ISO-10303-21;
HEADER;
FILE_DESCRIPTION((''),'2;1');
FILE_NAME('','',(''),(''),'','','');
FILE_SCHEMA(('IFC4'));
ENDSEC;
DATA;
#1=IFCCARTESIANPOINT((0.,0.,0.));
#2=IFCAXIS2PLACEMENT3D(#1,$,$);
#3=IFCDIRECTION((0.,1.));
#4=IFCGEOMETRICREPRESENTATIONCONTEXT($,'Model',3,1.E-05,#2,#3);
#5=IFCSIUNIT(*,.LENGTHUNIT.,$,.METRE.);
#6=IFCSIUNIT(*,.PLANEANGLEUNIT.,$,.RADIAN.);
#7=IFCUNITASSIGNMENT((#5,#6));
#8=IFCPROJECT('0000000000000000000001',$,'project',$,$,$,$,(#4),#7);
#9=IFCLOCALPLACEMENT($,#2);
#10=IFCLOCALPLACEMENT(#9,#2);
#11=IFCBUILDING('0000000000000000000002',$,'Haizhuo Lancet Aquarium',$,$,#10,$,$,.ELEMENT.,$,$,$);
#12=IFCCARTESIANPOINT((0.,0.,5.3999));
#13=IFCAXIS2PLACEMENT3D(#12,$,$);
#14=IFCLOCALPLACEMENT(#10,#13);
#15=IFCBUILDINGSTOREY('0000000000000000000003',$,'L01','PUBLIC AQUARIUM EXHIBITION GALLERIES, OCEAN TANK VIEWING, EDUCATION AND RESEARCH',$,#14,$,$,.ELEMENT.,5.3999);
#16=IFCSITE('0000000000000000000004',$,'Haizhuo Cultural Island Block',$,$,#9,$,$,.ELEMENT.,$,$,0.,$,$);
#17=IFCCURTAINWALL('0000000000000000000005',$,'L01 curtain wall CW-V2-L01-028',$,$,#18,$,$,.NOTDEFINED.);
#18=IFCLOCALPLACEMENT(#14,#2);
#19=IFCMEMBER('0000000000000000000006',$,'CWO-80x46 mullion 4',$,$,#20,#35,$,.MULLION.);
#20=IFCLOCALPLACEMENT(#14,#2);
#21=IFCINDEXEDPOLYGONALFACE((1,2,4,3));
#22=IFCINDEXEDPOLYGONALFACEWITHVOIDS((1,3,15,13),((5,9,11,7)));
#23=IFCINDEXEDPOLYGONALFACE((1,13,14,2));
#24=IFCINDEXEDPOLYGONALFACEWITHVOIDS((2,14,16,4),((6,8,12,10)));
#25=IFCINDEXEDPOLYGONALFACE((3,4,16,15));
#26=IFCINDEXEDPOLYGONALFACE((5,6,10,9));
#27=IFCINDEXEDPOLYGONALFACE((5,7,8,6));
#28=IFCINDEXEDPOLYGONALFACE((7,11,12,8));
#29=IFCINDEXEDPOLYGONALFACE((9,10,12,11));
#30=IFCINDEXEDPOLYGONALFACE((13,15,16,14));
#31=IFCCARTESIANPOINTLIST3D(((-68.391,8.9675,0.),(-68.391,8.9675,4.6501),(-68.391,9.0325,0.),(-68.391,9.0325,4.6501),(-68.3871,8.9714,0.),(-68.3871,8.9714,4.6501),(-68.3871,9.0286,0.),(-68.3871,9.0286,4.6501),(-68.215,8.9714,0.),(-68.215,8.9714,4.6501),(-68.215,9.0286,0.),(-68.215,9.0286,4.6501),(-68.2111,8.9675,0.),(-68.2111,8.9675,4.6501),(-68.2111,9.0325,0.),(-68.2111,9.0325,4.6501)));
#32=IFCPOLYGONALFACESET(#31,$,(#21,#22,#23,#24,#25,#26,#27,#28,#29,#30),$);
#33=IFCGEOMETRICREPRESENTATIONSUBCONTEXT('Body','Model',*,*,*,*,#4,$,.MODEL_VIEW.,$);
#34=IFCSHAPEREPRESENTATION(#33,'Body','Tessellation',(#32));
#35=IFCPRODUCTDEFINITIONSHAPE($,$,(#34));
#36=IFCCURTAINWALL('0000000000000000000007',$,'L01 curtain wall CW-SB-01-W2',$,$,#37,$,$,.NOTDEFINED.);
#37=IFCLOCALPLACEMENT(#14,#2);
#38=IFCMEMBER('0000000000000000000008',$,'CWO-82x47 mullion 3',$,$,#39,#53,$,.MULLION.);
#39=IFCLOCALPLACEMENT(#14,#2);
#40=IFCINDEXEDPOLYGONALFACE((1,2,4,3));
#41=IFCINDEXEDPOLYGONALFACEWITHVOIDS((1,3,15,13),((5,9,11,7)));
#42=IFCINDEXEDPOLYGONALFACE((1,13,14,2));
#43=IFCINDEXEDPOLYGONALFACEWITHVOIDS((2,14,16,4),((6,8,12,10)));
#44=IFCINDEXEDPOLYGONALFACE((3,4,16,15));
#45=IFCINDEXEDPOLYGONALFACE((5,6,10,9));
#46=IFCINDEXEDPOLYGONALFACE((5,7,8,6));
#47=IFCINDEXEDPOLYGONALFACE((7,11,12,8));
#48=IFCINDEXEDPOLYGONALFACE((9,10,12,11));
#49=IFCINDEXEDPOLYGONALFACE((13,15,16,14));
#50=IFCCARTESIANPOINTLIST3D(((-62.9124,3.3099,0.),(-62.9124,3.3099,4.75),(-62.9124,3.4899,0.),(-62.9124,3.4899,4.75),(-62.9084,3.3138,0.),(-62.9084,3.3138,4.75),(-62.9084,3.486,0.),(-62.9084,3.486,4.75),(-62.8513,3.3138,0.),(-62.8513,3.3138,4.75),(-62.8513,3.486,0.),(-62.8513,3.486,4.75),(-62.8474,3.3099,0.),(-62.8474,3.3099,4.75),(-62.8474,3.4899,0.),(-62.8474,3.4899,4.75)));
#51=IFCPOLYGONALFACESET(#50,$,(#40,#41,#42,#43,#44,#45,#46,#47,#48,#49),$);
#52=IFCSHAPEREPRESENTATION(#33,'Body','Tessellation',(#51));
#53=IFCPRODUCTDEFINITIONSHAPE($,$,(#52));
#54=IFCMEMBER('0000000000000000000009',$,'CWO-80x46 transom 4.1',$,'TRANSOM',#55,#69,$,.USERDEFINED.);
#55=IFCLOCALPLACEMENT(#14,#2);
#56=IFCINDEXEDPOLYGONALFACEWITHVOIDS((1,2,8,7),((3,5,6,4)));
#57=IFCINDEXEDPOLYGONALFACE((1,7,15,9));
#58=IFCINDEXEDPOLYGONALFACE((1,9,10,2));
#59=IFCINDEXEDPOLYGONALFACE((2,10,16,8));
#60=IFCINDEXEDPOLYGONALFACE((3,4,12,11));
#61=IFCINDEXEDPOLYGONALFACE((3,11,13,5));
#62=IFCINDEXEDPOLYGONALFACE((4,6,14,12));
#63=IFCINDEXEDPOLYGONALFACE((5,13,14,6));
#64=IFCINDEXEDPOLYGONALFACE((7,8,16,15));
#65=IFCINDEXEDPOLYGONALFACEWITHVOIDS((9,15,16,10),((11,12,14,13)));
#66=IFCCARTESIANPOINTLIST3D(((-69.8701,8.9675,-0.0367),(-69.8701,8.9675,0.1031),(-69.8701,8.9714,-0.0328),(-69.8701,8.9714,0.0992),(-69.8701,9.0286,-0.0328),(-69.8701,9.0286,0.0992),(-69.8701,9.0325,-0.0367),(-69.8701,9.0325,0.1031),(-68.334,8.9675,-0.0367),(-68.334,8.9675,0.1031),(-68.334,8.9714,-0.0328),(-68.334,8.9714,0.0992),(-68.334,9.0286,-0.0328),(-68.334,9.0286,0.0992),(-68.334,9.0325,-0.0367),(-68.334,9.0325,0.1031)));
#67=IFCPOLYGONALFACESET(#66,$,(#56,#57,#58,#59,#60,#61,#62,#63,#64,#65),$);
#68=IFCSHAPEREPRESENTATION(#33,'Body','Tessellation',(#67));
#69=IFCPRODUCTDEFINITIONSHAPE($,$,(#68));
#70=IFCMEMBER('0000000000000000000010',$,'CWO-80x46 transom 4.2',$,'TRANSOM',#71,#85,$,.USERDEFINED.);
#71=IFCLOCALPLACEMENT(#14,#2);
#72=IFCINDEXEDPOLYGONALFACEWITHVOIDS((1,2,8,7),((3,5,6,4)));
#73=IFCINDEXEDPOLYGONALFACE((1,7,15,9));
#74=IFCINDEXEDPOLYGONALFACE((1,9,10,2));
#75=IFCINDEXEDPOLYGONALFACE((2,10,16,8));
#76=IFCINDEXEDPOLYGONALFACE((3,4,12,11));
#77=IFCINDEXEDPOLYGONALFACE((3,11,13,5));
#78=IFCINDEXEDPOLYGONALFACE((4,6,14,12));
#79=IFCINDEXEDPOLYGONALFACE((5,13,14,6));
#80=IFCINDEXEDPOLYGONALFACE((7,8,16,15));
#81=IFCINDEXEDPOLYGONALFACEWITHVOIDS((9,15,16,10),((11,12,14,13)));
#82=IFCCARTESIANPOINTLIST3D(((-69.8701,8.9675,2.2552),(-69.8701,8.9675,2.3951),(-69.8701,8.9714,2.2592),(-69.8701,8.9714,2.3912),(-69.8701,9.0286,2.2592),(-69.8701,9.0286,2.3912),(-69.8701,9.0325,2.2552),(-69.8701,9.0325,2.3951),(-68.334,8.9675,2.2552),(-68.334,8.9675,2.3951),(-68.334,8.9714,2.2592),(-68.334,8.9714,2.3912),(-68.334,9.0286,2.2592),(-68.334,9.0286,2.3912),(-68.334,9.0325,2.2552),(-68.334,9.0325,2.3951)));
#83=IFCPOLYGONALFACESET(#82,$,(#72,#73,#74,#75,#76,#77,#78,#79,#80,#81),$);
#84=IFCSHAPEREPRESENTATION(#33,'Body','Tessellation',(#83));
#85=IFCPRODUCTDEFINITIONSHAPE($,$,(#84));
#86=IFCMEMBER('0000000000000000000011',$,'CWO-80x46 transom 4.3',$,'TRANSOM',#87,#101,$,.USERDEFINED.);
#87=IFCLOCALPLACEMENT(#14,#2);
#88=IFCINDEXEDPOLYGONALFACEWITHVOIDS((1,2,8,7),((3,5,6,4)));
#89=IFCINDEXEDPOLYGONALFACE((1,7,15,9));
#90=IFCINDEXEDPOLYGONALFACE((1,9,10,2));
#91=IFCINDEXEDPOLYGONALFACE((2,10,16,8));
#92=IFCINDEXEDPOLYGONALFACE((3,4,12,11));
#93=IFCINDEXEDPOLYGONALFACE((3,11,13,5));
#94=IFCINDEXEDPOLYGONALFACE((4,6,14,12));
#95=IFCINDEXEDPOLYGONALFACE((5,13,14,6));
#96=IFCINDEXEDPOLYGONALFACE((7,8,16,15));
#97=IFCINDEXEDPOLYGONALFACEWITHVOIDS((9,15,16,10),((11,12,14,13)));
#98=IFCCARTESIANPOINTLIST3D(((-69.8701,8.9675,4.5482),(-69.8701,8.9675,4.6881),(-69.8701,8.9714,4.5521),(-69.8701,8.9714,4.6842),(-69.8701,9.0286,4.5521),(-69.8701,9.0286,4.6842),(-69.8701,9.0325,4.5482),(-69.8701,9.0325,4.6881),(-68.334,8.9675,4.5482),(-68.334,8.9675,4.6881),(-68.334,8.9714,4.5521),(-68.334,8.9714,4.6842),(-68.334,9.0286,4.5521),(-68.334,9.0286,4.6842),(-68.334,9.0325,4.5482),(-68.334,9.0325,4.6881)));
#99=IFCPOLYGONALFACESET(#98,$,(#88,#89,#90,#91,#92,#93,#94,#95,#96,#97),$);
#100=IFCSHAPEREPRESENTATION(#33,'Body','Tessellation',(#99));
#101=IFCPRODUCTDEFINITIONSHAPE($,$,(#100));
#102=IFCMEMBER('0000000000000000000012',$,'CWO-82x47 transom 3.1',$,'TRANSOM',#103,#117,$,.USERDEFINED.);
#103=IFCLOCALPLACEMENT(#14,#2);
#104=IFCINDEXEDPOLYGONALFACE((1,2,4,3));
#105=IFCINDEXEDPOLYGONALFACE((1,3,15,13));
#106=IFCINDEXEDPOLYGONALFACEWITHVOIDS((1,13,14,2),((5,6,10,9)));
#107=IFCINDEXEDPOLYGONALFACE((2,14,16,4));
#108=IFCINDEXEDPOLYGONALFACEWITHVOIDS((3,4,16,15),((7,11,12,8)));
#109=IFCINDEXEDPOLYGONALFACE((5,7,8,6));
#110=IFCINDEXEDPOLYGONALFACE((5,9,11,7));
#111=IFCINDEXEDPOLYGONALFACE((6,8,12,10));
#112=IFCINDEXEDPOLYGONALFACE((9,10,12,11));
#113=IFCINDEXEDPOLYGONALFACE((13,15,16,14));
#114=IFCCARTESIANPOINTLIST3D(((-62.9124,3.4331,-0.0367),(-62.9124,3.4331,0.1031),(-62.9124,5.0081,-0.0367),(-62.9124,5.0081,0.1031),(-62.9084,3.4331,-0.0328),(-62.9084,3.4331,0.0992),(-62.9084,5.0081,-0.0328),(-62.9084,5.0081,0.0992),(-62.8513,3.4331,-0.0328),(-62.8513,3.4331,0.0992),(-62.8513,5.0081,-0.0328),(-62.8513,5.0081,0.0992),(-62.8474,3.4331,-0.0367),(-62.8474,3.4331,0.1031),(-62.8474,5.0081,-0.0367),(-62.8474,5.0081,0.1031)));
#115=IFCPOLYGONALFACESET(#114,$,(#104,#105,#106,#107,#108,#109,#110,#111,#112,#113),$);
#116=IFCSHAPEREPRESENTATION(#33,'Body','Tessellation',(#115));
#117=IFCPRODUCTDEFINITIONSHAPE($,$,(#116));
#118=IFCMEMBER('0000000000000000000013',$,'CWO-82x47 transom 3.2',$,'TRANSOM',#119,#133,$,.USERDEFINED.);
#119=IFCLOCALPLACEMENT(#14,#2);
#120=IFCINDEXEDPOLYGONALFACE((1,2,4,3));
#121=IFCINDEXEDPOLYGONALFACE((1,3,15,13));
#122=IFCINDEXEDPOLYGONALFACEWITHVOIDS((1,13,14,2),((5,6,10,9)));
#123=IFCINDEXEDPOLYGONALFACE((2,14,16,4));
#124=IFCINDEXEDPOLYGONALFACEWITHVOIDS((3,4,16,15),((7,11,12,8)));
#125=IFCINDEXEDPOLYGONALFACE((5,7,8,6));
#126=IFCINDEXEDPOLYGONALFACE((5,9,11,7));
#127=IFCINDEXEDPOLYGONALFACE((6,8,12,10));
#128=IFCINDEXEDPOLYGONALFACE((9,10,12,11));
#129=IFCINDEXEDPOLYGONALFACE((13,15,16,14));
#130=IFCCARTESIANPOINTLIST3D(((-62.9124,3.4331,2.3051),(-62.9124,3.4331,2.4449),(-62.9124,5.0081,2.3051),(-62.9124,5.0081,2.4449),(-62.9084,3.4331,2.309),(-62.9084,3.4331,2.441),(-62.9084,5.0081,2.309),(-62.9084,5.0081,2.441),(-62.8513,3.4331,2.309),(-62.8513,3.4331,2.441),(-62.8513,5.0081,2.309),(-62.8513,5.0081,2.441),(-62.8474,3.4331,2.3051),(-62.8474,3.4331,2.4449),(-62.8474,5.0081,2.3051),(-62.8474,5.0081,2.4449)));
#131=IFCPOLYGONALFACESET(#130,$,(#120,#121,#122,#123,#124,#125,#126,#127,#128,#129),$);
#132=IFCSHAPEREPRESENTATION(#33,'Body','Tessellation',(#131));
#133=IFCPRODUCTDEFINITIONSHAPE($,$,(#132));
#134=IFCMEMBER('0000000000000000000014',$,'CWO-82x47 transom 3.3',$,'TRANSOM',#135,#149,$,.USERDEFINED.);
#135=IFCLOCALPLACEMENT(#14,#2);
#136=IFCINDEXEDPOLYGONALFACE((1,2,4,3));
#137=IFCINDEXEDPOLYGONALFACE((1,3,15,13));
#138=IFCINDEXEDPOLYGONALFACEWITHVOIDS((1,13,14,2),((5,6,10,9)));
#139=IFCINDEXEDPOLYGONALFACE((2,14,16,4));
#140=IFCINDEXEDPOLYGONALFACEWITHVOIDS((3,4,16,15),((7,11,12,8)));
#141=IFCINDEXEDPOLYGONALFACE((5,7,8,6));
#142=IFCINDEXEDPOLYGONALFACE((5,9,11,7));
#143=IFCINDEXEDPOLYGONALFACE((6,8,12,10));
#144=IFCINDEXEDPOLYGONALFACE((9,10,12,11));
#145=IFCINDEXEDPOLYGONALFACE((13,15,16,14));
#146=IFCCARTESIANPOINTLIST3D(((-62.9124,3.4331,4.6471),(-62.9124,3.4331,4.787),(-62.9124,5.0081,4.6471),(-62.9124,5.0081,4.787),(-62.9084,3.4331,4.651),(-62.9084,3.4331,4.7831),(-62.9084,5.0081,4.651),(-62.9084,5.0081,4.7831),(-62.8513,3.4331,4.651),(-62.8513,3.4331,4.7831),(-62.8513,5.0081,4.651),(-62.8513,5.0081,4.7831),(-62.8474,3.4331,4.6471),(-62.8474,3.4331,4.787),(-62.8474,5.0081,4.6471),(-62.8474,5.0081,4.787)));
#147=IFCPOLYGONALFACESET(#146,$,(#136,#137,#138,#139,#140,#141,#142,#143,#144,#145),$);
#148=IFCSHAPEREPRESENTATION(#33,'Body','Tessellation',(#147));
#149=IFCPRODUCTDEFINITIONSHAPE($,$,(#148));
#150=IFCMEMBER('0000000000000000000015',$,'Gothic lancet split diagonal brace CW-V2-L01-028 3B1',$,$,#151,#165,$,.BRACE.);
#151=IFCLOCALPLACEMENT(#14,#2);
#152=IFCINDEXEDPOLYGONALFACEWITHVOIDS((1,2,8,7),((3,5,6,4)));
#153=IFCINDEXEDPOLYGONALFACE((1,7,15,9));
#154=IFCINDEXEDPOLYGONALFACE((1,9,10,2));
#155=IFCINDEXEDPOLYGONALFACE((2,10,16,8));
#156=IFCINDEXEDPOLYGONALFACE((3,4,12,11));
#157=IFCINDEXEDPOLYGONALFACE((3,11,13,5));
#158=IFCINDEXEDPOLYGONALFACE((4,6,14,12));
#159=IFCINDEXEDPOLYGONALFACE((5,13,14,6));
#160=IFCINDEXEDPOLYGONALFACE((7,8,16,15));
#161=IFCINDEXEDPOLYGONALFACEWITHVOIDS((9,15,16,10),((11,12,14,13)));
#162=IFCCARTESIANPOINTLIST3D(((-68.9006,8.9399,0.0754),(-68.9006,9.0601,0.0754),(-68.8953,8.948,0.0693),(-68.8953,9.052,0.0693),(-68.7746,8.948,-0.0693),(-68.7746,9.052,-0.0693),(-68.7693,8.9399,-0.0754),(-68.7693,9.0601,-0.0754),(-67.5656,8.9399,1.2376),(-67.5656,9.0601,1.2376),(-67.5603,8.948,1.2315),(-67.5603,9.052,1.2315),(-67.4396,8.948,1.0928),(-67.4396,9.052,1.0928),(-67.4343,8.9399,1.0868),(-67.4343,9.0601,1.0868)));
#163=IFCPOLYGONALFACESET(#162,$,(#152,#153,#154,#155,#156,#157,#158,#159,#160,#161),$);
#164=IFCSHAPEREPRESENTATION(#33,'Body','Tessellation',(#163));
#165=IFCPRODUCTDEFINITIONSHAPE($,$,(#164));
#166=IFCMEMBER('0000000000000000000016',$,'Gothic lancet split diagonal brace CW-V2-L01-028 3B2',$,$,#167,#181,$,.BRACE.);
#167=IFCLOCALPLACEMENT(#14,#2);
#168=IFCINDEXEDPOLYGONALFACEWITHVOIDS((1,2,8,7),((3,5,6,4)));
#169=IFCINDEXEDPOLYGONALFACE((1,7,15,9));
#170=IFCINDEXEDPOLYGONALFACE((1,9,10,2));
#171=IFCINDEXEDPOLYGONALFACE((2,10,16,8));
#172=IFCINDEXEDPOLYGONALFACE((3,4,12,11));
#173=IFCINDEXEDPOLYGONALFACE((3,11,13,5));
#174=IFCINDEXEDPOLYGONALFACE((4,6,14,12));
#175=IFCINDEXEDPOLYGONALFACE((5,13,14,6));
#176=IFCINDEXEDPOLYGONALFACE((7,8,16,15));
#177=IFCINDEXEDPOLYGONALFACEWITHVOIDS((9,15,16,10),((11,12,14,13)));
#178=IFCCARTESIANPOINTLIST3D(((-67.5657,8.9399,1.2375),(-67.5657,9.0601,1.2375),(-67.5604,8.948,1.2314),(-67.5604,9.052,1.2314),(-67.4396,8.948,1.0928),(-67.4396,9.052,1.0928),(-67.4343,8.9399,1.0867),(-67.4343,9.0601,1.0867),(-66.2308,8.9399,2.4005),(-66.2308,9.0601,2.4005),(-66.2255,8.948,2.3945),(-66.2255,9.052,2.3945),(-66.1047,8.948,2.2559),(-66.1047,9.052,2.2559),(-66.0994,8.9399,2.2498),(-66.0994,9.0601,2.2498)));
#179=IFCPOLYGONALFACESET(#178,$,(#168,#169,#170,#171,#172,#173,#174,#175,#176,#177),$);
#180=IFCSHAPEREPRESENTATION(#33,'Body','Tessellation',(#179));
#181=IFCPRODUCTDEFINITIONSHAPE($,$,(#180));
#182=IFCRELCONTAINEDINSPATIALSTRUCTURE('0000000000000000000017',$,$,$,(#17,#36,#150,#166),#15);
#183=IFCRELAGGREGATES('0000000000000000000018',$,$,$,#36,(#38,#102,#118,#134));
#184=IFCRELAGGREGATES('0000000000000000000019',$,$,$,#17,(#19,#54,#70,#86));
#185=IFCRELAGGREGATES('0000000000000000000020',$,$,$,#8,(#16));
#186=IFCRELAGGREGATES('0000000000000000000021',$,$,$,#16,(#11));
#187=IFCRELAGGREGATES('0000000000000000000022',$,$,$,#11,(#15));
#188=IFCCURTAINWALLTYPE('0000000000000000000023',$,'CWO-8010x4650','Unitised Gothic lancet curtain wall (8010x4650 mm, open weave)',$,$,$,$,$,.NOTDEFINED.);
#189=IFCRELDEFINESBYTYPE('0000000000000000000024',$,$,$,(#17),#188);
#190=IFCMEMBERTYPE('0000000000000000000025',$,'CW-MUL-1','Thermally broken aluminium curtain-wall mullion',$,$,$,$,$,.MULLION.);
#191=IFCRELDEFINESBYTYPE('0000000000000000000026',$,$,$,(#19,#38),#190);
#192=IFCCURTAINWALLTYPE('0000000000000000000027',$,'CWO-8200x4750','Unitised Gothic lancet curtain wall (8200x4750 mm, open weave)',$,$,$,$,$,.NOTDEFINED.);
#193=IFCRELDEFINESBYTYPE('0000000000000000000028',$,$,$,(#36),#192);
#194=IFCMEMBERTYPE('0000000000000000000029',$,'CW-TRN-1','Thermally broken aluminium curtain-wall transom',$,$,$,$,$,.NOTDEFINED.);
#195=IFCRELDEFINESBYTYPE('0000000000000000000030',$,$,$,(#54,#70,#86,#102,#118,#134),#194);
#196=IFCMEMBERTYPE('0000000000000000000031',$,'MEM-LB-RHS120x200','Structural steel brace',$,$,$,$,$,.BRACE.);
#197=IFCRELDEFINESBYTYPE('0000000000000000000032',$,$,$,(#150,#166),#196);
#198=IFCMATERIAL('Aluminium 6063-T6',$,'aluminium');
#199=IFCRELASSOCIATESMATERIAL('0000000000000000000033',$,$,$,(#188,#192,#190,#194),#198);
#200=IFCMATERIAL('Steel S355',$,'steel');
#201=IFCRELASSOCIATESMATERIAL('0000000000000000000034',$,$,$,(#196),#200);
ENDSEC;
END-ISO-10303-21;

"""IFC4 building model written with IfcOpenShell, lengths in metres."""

from ifc_helpers import new_model, si_unit, direction, frame, origin, origin_2d, place, context, subcontext, project, spatial, hollow_rectangle, extrude, material, material_profile, profile_set, type_object, element, aggregate, save


model = new_model("IFC4")

# Units and contexts
model_context = context("Model", 3, precision=1e-05, world=origin(), true_north=direction((0.0, 1.0)))
body_context = subcontext(model_context, "Body", "Model", "MODEL_VIEW")
ifc_project = project(units=[si_unit("LENGTHUNIT", "METRE"), si_unit("PLANEANGLEUNIT", "RADIAN")], contexts=[model_context])

# Site, building, storey
site_placement = place(None, origin())
site = spatial("IfcSite", under=ifc_project, at=site_placement, Name="Haizhuo Cultural Island Block", CompositionType="ELEMENT", RefElevation=0.0)
building_placement = place(site_placement, origin())
building = spatial("IfcBuilding", under=site, at=building_placement, Name="Haizhuo Lancet Aquarium", CompositionType="ELEMENT")
storey_placement = place(building_placement, frame((0.0, 0.0, 5.3999)))
storey = spatial("IfcBuildingStorey", under=building, at=storey_placement, Name="L01", Description="PUBLIC AQUARIUM EXHIBITION GALLERIES, OCEAN TANK VIEWING, EDUCATION AND RESEARCH", CompositionType="ELEMENT", Elevation=5.3999)

# Curtain walls, members
ifc_material_1 = material(Name="Aluminium 6063-T6", Category="aluminium")
curtain_wall_type_1 = type_object("IfcCurtainWallType", Name="CWO-8010x4650", Description="Unitised Gothic lancet curtain wall (8010x4650 mm, open weave)", PredefinedType="NOTDEFINED", material=ifc_material_1)
curtain_wall_1_placement = place(storey_placement, origin())
curtain_wall_1 = element("IfcCurtainWall", 1, at=curtain_wall_1_placement, inside=storey, type_object=curtain_wall_type_1, Name="L01 curtain wall CW-V2-L01-028", PredefinedType="NOTDEFINED")
ifc_material_profile_1 = material_profile(ifc_material_1, hollow_rectangle(XDim=0.0649, YDim=0.1799, WallThickness=0.0039, at=origin_2d()), Name="ALU-M 65x180x4")
ifc_profile_set_1 = profile_set([ifc_material_profile_1], Name="Aluminium 6063-T6")
member_type_1 = type_object("IfcMemberType", Name="CW-MUL-1", Description="Thermally broken aluminium curtain-wall mullion", PredefinedType="MULLION", material=ifc_profile_set_1)
member_1_placement = place(storey_placement, frame((-68.301, 9.0, 0.0), z_axis=(0.0, 0.0, 1.0), x_axis=(0.0, -1.0, 0.0)))
member_1 = element("IfcMember", 2, at=member_1_placement, type_object=member_type_1, Name="CWO-80x46 mullion 4", PredefinedType="MULLION", context=body_context, shape_type="SweptSolid", body=[
    extrude(hollow_rectangle(XDim=0.0649, YDim=0.1799, WallThickness=0.0039, at=origin_2d()), origin(), (0.0, 0.0, 1.0), 4.6501),
])
curtain_wall_type_2 = type_object("IfcCurtainWallType", Name="CWO-8200x4750", Description="Unitised Gothic lancet curtain wall (8200x4750 mm, open weave)", PredefinedType="NOTDEFINED", material=ifc_material_1)
curtain_wall_2_placement = place(storey_placement, origin())
curtain_wall_2 = element("IfcCurtainWall", 3, at=curtain_wall_2_placement, inside=storey, type_object=curtain_wall_type_2, Name="L01 curtain wall CW-SB-01-W2", PredefinedType="NOTDEFINED")
member_2_placement = place(storey_placement, frame((-62.8799, 3.3999, 0.0), z_axis=(0.0, 0.0, 1.0), x_axis=(-1.0, 0.0, 0.0)))
member_2 = element("IfcMember", 4, at=member_2_placement, type_object=member_type_1, Name="CWO-82x47 mullion 3", PredefinedType="MULLION", context=body_context, shape_type="SweptSolid", body=[
    extrude(hollow_rectangle(XDim=0.0649, YDim=0.1799, WallThickness=0.0039, at=origin_2d()), origin(), (0.0, 0.0, 1.0), 4.75),
])

# Members
ifc_material_profile_2 = material_profile(ifc_material_1, hollow_rectangle(XDim=0.0649, YDim=0.1399, WallThickness=0.0039, at=origin_2d()), Name="ALU-T 65x140x4")
ifc_profile_set_2 = profile_set([ifc_material_profile_2], Name="Aluminium 6063-T6")
member_type_2 = type_object("IfcMemberType", Name="CW-TRN-1", Description="Thermally broken aluminium curtain-wall transom", PredefinedType="NOTDEFINED", material=ifc_profile_set_2)
member_3_placement = place(storey_placement, frame((-68.334, 9.0, 0.0332), z_axis=(-1.0, 0.0, 0.0), x_axis=(0.0, -1.0, 0.0)))
member_3 = element("IfcMember", 5, at=member_3_placement, type_object=member_type_2, Name="CWO-80x46 transom 4.1", ObjectType="TRANSOM", PredefinedType="USERDEFINED", context=body_context, shape_type="SweptSolid", body=[
    extrude(hollow_rectangle(XDim=0.0649, YDim=0.1399, WallThickness=0.0039, at=origin_2d()), origin(), (0.0, 0.0, 1.0), 1.5361),
])
member_4_placement = place(storey_placement, frame((-68.334, 9.0, 2.3252), z_axis=(-1.0, 0.0, 0.0), x_axis=(0.0, -1.0, 0.0)))
member_4 = element("IfcMember", 6, at=member_4_placement, type_object=member_type_2, Name="CWO-80x46 transom 4.2", ObjectType="TRANSOM", PredefinedType="USERDEFINED", context=body_context, shape_type="SweptSolid", body=[
    extrude(hollow_rectangle(XDim=0.0649, YDim=0.1399, WallThickness=0.0039, at=origin_2d()), origin(), (0.0, 0.0, 1.0), 1.5361),
])
member_5_placement = place(storey_placement, frame((-68.334, 9.0, 4.6182), z_axis=(-1.0, 0.0, 0.0), x_axis=(0.0, -1.0, 0.0)))
member_5 = element("IfcMember", 7, at=member_5_placement, type_object=member_type_2, Name="CWO-80x46 transom 4.3", ObjectType="TRANSOM", PredefinedType="USERDEFINED", context=body_context, shape_type="SweptSolid", body=[
    extrude(hollow_rectangle(XDim=0.0649, YDim=0.1399, WallThickness=0.0039, at=origin_2d()), origin(), (0.0, 0.0, 1.0), 1.5361),
])
member_6_placement = place(storey_placement, frame((-62.8799, 3.4331, 0.0332), z_axis=(0.0, 1.0, 0.0), x_axis=(-1.0, 0.0, 0.0)))
member_6 = element("IfcMember", 8, at=member_6_placement, type_object=member_type_2, Name="CWO-82x47 transom 3.1", ObjectType="TRANSOM", PredefinedType="USERDEFINED", context=body_context, shape_type="SweptSolid", body=[
    extrude(hollow_rectangle(XDim=0.0649, YDim=0.1399, WallThickness=0.0039, at=origin_2d()), origin(), (0.0, 0.0, 1.0), 1.575),
])
member_7_placement = place(storey_placement, frame((-62.8799, 3.4331, 2.375), z_axis=(0.0, 1.0, 0.0), x_axis=(-1.0, 0.0, 0.0)))
member_7 = element("IfcMember", 9, at=member_7_placement, type_object=member_type_2, Name="CWO-82x47 transom 3.2", ObjectType="TRANSOM", PredefinedType="USERDEFINED", context=body_context, shape_type="SweptSolid", body=[
    extrude(hollow_rectangle(XDim=0.0649, YDim=0.1399, WallThickness=0.0039, at=origin_2d()), origin(), (0.0, 0.0, 1.0), 1.575),
])
member_8_placement = place(storey_placement, frame((-62.8799, 3.4331, 4.717), z_axis=(0.0, 1.0, 0.0), x_axis=(-1.0, 0.0, 0.0)))
member_8 = element("IfcMember", 10, at=member_8_placement, type_object=member_type_2, Name="CWO-82x47 transom 3.3", ObjectType="TRANSOM", PredefinedType="USERDEFINED", context=body_context, shape_type="SweptSolid", body=[
    extrude(hollow_rectangle(XDim=0.0649, YDim=0.1399, WallThickness=0.0039, at=origin_2d()), origin(), (0.0, 0.0, 1.0), 1.575),
])

# Members
ifc_material_2 = material(Name="Steel S355", Category="steel")
ifc_material_profile_3 = material_profile(ifc_material_2, hollow_rectangle(XDim=0.1201, YDim=0.2, WallThickness=0.0081, at=origin_2d()), Name="RHS 120x200x8")
ifc_profile_set_3 = profile_set([ifc_material_profile_3], Name="Steel S355")
member_type_3 = type_object("IfcMemberType", Name="MEM-LB-RHS120x200", Description="Structural steel brace", PredefinedType="BRACE", material=ifc_profile_set_3)
member_9_placement = place(storey_placement, frame((-68.835, 9.0, 0.0), z_axis=(0.754249, 0.0, 0.656588), x_axis=(0.0, 1.0, 0.0)))
element("IfcMember", 11, at=member_9_placement, inside=storey, type_object=member_type_3, Name="Gothic lancet split diagonal brace CW-V2-L01-028 3B1", PredefinedType="BRACE", context=body_context, shape_type="SweptSolid", body=[
    extrude(hollow_rectangle(XDim=0.1201, YDim=0.2, WallThickness=0.0081, at=origin_2d()), origin(), (0.0, 0.0, 1.0), 1.77),
])
member_10_placement = place(storey_placement, frame((-67.5, 9.0, 1.1621), z_axis=(0.753976, 0.0, 0.656902), x_axis=(0.0, 1.0, 0.0)))
element("IfcMember", 12, at=member_10_placement, inside=storey, type_object=member_type_3, Name="Gothic lancet split diagonal brace CW-V2-L01-028 3B2", PredefinedType="BRACE", context=body_context, shape_type="SweptSolid", body=[
    extrude(hollow_rectangle(XDim=0.1201, YDim=0.2, WallThickness=0.0081, at=origin_2d()), origin(), (0.0, 0.0, 1.0), 1.7705),
])

aggregate(curtain_wall_2, [member_2, member_6, member_7, member_8])
aggregate(curtain_wall_1, [member_1, member_3, member_4, member_5])

save(model, "model.ifc")
